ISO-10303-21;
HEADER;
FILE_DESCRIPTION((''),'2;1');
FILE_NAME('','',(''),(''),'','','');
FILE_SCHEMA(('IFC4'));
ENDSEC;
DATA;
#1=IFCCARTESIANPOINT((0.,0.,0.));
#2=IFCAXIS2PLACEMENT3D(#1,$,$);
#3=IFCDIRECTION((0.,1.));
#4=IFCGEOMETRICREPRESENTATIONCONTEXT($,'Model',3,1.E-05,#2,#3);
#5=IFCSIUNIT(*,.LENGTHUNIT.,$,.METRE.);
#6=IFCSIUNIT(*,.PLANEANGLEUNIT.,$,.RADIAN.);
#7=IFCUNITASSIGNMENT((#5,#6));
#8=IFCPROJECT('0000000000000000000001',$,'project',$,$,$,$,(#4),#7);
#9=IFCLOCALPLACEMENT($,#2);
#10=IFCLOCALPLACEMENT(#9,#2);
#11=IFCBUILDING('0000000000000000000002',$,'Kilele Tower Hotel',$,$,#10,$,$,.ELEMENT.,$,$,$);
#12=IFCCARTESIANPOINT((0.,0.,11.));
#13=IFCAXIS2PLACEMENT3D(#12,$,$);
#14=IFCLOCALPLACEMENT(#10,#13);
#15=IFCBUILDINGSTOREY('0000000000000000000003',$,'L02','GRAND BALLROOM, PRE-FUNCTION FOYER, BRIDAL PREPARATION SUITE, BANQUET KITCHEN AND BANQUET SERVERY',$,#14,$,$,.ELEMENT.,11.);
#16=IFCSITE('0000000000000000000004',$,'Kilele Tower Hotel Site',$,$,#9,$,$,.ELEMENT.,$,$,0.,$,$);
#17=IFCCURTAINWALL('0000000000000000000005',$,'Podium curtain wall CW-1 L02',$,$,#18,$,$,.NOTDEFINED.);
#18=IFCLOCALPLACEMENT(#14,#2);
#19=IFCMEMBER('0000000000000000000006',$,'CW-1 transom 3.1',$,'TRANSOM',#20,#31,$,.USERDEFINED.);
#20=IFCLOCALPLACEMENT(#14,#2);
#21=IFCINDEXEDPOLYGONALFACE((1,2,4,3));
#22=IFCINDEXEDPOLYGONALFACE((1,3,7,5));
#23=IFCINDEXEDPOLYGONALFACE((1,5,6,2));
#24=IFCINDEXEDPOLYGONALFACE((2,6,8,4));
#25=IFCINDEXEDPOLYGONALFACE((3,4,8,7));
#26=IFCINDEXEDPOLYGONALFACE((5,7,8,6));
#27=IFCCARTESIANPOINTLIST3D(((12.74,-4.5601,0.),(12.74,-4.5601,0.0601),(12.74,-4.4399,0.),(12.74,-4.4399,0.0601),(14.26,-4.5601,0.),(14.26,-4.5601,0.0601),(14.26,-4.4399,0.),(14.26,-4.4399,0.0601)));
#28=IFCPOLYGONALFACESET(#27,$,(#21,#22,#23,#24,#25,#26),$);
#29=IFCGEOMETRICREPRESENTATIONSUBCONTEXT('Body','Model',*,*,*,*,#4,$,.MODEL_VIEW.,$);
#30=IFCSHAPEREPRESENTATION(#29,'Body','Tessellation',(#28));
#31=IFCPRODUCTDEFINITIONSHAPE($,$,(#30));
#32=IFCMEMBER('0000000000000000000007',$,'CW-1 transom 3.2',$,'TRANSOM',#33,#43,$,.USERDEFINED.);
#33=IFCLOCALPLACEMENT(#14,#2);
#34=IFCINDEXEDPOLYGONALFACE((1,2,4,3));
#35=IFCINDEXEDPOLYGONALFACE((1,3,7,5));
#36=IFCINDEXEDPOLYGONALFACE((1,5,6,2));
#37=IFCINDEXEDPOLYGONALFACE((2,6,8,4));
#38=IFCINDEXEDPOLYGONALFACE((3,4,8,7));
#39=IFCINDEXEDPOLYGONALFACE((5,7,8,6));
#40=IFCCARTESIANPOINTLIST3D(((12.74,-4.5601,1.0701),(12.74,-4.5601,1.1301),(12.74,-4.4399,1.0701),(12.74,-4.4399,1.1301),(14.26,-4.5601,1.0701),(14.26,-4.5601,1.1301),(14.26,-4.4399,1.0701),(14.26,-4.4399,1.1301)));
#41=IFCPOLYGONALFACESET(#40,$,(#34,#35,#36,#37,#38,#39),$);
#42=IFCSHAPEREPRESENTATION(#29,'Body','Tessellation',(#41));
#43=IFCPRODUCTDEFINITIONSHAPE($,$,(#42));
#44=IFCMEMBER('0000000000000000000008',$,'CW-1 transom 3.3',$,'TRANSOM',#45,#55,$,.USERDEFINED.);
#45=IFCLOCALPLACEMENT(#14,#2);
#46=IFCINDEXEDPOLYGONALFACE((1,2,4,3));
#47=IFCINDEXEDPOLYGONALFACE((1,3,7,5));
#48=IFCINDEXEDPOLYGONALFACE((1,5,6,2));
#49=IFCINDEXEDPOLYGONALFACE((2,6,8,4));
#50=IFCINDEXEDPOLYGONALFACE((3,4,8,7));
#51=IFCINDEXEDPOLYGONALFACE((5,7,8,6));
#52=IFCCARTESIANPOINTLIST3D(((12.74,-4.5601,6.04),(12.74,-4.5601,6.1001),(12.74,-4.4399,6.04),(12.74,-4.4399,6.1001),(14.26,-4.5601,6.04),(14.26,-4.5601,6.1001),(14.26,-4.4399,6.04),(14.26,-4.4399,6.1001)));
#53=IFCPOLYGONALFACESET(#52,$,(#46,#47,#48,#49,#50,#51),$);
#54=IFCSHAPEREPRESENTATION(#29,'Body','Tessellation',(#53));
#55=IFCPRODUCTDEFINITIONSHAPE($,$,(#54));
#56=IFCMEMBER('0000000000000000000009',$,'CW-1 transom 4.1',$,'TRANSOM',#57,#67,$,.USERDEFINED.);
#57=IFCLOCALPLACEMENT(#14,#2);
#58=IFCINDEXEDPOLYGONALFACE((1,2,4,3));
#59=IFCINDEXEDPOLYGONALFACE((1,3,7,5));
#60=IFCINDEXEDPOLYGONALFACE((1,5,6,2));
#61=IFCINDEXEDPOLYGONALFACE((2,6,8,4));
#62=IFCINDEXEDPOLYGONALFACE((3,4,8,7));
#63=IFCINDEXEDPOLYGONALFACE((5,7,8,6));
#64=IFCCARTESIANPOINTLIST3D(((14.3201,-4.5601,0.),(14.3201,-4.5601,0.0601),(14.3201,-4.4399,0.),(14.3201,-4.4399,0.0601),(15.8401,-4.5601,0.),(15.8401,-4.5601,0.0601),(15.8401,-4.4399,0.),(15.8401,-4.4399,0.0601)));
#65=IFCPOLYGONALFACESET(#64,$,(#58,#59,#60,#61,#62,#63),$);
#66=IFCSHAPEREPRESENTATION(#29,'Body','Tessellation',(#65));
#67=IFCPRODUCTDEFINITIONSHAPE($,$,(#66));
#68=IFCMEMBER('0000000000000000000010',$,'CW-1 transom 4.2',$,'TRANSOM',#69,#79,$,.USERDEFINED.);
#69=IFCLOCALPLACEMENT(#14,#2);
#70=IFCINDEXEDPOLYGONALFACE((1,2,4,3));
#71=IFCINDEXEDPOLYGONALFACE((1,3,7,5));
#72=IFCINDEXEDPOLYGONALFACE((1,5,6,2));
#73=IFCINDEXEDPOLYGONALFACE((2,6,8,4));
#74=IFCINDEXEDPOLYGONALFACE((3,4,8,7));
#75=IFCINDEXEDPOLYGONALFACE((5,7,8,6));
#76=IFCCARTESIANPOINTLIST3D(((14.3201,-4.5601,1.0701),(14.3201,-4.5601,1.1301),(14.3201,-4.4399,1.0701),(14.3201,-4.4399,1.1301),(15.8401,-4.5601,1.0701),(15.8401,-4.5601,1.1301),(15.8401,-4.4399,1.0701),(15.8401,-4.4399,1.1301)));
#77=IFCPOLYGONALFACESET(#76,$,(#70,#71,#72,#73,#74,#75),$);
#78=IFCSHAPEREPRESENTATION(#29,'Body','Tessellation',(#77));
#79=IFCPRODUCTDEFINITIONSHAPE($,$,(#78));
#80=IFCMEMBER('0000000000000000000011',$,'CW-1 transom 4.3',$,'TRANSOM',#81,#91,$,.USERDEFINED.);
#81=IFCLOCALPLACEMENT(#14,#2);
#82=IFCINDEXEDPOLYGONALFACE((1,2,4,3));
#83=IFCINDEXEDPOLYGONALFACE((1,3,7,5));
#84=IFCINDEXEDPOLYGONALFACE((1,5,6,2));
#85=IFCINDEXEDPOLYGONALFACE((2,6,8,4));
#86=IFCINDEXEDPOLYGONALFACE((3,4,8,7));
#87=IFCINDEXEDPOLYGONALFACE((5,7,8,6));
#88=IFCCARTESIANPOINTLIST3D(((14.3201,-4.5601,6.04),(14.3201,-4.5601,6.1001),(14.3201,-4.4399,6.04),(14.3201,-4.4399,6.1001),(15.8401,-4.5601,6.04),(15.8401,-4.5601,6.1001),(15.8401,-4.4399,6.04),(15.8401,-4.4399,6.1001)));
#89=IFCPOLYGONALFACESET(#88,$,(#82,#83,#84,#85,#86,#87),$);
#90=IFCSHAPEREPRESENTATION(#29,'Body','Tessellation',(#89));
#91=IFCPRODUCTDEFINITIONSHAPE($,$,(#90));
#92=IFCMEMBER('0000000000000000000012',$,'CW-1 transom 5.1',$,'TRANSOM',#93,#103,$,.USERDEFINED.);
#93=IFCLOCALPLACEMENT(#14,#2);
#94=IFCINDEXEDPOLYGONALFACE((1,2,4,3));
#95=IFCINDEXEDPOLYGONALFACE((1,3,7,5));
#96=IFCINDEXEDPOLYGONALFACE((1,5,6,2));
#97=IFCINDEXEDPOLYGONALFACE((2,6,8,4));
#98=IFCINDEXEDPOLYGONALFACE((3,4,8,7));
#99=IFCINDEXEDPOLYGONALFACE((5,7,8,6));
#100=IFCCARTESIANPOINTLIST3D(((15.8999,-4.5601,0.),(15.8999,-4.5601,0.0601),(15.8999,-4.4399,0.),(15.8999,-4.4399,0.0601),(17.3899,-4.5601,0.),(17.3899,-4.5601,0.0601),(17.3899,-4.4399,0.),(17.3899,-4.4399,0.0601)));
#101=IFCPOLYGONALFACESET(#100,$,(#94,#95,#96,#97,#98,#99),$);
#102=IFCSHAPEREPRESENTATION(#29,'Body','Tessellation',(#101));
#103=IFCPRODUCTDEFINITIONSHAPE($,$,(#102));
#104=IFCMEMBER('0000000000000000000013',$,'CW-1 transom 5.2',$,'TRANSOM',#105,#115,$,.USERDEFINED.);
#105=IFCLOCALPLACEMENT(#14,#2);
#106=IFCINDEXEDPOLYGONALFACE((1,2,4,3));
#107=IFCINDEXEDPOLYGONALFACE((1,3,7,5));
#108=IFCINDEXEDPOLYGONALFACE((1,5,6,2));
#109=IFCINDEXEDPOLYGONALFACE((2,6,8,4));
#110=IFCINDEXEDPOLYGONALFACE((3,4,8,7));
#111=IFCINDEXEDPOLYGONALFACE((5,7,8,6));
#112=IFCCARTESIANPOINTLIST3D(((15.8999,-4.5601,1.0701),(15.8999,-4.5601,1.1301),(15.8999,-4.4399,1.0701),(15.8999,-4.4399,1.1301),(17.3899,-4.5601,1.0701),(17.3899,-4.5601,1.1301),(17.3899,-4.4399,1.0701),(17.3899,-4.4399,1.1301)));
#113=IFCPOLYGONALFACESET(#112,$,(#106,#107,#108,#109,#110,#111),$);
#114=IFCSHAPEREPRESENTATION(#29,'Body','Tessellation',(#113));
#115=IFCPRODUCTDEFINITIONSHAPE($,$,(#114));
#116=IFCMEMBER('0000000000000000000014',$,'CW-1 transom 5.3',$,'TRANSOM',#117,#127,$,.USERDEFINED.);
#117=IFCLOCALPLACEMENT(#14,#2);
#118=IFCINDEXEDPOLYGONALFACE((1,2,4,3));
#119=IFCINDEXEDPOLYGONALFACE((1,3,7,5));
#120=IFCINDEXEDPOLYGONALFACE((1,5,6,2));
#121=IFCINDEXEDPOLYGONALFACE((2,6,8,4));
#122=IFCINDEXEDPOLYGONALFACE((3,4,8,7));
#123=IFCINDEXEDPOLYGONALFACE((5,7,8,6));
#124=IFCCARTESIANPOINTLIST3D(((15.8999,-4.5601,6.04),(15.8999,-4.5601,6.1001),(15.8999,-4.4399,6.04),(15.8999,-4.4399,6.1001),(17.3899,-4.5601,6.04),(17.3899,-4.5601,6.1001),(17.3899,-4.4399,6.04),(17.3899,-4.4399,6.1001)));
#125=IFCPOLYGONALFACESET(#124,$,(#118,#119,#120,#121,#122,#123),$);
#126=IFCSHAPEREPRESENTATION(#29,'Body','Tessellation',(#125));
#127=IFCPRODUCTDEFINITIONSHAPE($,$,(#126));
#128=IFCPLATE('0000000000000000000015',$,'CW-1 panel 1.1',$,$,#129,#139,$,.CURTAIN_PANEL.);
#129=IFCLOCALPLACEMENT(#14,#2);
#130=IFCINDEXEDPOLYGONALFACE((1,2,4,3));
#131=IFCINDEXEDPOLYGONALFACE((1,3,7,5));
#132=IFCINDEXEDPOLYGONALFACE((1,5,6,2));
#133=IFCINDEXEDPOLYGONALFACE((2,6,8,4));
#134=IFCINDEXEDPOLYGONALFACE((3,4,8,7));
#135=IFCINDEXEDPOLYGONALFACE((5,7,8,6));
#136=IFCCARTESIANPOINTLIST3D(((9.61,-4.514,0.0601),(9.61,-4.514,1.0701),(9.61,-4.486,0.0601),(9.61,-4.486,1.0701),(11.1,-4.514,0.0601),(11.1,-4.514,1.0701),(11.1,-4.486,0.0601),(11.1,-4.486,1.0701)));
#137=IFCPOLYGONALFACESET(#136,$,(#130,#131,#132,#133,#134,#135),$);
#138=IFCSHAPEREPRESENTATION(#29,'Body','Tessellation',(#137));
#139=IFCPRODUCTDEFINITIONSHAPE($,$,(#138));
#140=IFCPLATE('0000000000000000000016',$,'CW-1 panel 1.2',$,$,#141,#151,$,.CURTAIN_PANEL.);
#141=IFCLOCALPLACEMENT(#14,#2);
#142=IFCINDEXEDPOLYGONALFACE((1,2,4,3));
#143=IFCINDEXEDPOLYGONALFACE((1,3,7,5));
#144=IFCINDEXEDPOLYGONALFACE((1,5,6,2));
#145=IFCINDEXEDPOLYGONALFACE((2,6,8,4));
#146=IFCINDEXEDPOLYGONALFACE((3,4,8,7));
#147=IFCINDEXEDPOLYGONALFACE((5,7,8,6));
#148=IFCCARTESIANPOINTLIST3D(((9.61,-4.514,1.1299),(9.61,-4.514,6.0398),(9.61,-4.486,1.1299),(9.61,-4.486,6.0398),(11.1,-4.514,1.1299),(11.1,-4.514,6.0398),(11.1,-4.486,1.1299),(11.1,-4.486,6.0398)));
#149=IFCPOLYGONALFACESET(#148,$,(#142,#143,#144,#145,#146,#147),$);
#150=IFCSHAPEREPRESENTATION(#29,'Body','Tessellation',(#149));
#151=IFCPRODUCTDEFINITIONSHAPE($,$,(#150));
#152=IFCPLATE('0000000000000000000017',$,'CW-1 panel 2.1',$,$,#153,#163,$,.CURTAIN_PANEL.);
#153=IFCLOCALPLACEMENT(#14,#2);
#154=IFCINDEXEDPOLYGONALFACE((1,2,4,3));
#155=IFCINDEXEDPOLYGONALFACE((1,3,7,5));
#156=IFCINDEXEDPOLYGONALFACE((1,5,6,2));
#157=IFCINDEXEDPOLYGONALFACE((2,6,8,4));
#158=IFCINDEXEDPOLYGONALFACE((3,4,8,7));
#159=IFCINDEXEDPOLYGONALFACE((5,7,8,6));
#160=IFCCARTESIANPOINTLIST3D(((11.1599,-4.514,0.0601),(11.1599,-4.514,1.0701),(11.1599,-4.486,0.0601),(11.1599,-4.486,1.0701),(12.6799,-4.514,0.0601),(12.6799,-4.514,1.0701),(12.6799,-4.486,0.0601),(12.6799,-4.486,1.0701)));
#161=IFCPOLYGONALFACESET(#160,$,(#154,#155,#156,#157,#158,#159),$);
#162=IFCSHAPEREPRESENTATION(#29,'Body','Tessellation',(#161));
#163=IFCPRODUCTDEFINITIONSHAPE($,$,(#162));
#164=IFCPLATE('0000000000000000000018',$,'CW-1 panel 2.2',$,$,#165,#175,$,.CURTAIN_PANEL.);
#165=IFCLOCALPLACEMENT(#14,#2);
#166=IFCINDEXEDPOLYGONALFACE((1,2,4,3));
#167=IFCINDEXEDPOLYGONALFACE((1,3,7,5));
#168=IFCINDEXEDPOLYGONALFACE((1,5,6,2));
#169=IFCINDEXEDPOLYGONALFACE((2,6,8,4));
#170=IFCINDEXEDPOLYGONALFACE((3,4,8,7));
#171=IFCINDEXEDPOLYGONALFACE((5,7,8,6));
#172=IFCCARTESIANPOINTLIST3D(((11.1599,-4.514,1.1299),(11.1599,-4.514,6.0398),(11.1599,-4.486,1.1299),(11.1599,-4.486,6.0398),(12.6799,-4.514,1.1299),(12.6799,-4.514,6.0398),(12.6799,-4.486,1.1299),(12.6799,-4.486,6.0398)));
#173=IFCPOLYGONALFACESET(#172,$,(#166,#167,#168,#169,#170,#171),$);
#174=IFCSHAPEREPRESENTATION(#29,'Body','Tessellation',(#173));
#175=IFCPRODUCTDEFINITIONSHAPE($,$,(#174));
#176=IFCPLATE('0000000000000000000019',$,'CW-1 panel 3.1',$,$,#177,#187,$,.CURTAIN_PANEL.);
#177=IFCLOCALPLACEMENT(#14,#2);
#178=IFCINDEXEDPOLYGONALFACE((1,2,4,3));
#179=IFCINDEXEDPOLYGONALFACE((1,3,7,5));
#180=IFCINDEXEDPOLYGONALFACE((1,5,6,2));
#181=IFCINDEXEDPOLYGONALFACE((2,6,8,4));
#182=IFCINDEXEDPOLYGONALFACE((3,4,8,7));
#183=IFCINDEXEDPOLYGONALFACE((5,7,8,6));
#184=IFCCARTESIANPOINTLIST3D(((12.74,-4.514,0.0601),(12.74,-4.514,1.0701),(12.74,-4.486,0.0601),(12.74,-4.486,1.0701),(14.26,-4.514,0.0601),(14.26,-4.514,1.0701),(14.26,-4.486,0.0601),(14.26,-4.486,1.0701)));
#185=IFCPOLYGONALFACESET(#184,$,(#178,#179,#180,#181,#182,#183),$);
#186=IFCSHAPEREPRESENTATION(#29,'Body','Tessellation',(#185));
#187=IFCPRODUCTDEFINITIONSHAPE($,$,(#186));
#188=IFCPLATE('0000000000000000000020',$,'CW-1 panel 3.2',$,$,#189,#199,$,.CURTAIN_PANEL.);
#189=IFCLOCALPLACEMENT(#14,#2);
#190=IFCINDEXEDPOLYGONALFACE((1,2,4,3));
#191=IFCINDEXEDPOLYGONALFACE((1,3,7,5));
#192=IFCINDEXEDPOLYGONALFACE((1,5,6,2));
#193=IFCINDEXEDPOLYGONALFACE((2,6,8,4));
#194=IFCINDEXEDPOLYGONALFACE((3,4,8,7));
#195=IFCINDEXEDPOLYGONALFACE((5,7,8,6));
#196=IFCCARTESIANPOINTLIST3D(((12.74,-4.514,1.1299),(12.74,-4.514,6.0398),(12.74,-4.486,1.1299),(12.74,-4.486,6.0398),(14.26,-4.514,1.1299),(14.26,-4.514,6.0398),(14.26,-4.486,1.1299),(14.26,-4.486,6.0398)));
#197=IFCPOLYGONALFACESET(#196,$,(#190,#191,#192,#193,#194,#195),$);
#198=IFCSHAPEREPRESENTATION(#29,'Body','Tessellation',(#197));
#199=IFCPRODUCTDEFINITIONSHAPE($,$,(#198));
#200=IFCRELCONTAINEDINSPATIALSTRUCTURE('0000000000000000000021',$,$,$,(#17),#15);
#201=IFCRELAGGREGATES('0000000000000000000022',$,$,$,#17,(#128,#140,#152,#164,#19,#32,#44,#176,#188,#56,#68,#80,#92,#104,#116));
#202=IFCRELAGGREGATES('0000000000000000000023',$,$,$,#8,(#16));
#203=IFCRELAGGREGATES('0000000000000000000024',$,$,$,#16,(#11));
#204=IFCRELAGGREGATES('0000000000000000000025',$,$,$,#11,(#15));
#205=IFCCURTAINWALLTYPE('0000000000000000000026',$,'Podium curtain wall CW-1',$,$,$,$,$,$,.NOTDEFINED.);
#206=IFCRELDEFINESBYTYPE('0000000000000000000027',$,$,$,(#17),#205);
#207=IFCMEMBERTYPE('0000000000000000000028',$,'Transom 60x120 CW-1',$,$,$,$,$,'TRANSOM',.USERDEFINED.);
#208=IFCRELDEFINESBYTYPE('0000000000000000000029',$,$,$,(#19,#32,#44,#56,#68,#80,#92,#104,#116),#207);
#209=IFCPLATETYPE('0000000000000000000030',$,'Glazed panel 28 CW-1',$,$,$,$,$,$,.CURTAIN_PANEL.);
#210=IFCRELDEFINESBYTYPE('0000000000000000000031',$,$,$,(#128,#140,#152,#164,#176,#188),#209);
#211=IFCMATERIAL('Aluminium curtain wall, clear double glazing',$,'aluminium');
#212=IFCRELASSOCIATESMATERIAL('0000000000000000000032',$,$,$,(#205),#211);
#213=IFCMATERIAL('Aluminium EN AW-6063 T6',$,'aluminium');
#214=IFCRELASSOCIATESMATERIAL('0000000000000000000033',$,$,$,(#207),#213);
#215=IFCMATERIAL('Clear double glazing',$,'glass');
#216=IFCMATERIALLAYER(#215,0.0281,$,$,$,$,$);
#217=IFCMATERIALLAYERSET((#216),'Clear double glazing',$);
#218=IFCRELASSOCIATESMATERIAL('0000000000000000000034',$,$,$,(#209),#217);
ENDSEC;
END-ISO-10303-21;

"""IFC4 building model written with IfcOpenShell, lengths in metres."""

from ifc_helpers import new_model, si_unit, direction, frame, origin, origin_2d, place, context, subcontext, project, spatial, rectangle, extrude, material, layer, layer_set, material_profile, profile_set, type_object, element, aggregate, save


model = new_model("IFC4")

# Units and contexts
model_context = context("Model", 3, precision=1e-05, world=origin(), true_north=direction((0.0, 1.0)))
body_context = subcontext(model_context, "Body", "Model", "MODEL_VIEW")
ifc_project = project(units=[si_unit("LENGTHUNIT", "METRE"), si_unit("PLANEANGLEUNIT", "RADIAN")], contexts=[model_context])

# Site, building, storey
site_placement = place(None, origin())
site = spatial("IfcSite", under=ifc_project, at=site_placement, Name="Kilele Tower Hotel Site", CompositionType="ELEMENT", RefElevation=0.0)
building_placement = place(site_placement, origin())
building = spatial("IfcBuilding", under=site, at=building_placement, Name="Kilele Tower Hotel", CompositionType="ELEMENT")
storey_placement = place(building_placement, frame((0.0, 0.0, 11.0)))
storey = spatial("IfcBuildingStorey", under=building, at=storey_placement, Name="L02", Description="GRAND BALLROOM, PRE-FUNCTION FOYER, BRIDAL PREPARATION SUITE, BANQUET KITCHEN AND BANQUET SERVERY", CompositionType="ELEMENT", Elevation=11.0)

# Curtain wall, members, plates
ifc_material_1 = material(Name="Aluminium curtain wall, clear double glazing", Category="aluminium")
curtain_wall_type = type_object("IfcCurtainWallType", Name="Podium curtain wall CW-1", PredefinedType="NOTDEFINED", material=ifc_material_1)
curtain_wall_placement = place(storey_placement, origin())
curtain_wall = element("IfcCurtainWall", 1, at=curtain_wall_placement, inside=storey, type_object=curtain_wall_type, Name="Podium curtain wall CW-1 L02", PredefinedType="NOTDEFINED")
ifc_material_2 = material(Name="Aluminium EN AW-6063 T6", Category="aluminium")
ifc_material_profile_1 = material_profile(ifc_material_2, rectangle(XDim=0.1201, YDim=0.0601, at=origin_2d()))
ifc_profile_set_1 = profile_set([ifc_material_profile_1], Name="Aluminium EN AW-6063 T6")
member_type_1 = type_object("IfcMemberType", Name="Transom 60x120 CW-1", ElementType="TRANSOM", PredefinedType="USERDEFINED", material=ifc_profile_set_1)
member_1_placement = place(storey_placement, frame((12.74, -4.5, 0.03), z_axis=(1.0, 0.0, 0.0), x_axis=(0.0, 1.0, 0.0)))
member_1 = element("IfcMember", 2, at=member_1_placement, type_object=member_type_1, Name="CW-1 transom 3.1", ObjectType="TRANSOM", PredefinedType="USERDEFINED", context=body_context, shape_type="SweptSolid", body=[
    extrude(rectangle(XDim=0.1201, YDim=0.0601, at=origin_2d()), origin(), (0.0, 0.0, 1.0), 1.52),
])
member_2_placement = place(storey_placement, frame((12.74, -4.5, 1.1001), z_axis=(1.0, 0.0, 0.0), x_axis=(0.0, 1.0, 0.0)))
member_2 = element("IfcMember", 3, at=member_2_placement, type_object=member_type_1, Name="CW-1 transom 3.2", ObjectType="TRANSOM", PredefinedType="USERDEFINED", context=body_context, shape_type="SweptSolid", body=[
    extrude(rectangle(XDim=0.1201, YDim=0.0601, at=origin_2d()), origin(), (0.0, 0.0, 1.0), 1.52),
])
member_3_placement = place(storey_placement, frame((12.74, -4.5, 6.0701), z_axis=(1.0, 0.0, 0.0), x_axis=(0.0, 1.0, 0.0)))
member_3 = element("IfcMember", 4, at=member_3_placement, type_object=member_type_1, Name="CW-1 transom 3.3", ObjectType="TRANSOM", PredefinedType="USERDEFINED", context=body_context, shape_type="SweptSolid", body=[
    extrude(rectangle(XDim=0.1201, YDim=0.0601, at=origin_2d()), origin(), (0.0, 0.0, 1.0), 1.52),
])
member_4_placement = place(storey_placement, frame((14.3201, -4.5, 0.03), z_axis=(1.0, 0.0, 0.0), x_axis=(0.0, 1.0, 0.0)))
member_4 = element("IfcMember", 5, at=member_4_placement, type_object=member_type_1, Name="CW-1 transom 4.1", ObjectType="TRANSOM", PredefinedType="USERDEFINED", context=body_context, shape_type="SweptSolid", body=[
    extrude(rectangle(XDim=0.1201, YDim=0.0601, at=origin_2d()), origin(), (0.0, 0.0, 1.0), 1.52),
])
member_5_placement = place(storey_placement, frame((14.3201, -4.5, 1.1001), z_axis=(1.0, 0.0, 0.0), x_axis=(0.0, 1.0, 0.0)))
member_5 = element("IfcMember", 6, at=member_5_placement, type_object=member_type_1, Name="CW-1 transom 4.2", ObjectType="TRANSOM", PredefinedType="USERDEFINED", context=body_context, shape_type="SweptSolid", body=[
    extrude(rectangle(XDim=0.1201, YDim=0.0601, at=origin_2d()), origin(), (0.0, 0.0, 1.0), 1.52),
])
member_6_placement = place(storey_placement, frame((14.3201, -4.5, 6.0701), z_axis=(1.0, 0.0, 0.0), x_axis=(0.0, 1.0, 0.0)))
member_6 = element("IfcMember", 7, at=member_6_placement, type_object=member_type_1, Name="CW-1 transom 4.3", ObjectType="TRANSOM", PredefinedType="USERDEFINED", context=body_context, shape_type="SweptSolid", body=[
    extrude(rectangle(XDim=0.1201, YDim=0.0601, at=origin_2d()), origin(), (0.0, 0.0, 1.0), 1.52),
])
member_7_placement = place(storey_placement, frame((15.8999, -4.5, 0.03), z_axis=(1.0, 0.0, 0.0), x_axis=(0.0, 1.0, 0.0)))
member_7 = element("IfcMember", 8, at=member_7_placement, type_object=member_type_1, Name="CW-1 transom 5.1", ObjectType="TRANSOM", PredefinedType="USERDEFINED", context=body_context, shape_type="SweptSolid", body=[
    extrude(rectangle(XDim=0.1201, YDim=0.0601, at=origin_2d()), origin(), (0.0, 0.0, 1.0), 1.49),
])
member_8_placement = place(storey_placement, frame((15.8999, -4.5, 1.1001), z_axis=(1.0, 0.0, 0.0), x_axis=(0.0, 1.0, 0.0)))
member_8 = element("IfcMember", 9, at=member_8_placement, type_object=member_type_1, Name="CW-1 transom 5.2", ObjectType="TRANSOM", PredefinedType="USERDEFINED", context=body_context, shape_type="SweptSolid", body=[
    extrude(rectangle(XDim=0.1201, YDim=0.0601, at=origin_2d()), origin(), (0.0, 0.0, 1.0), 1.49),
])
member_9_placement = place(storey_placement, frame((15.8999, -4.5, 6.0701), z_axis=(1.0, 0.0, 0.0), x_axis=(0.0, 1.0, 0.0)))
member_9 = element("IfcMember", 10, at=member_9_placement, type_object=member_type_1, Name="CW-1 transom 5.3", ObjectType="TRANSOM", PredefinedType="USERDEFINED", context=body_context, shape_type="SweptSolid", body=[
    extrude(rectangle(XDim=0.1201, YDim=0.0601, at=origin_2d()), origin(), (0.0, 0.0, 1.0), 1.49),
])
ifc_material_3 = material(Name="Clear double glazing", Category="glass")
ifc_layer = layer(ifc_material_3, 0.0281)
ifc_layer_set = layer_set([ifc_layer], Name="Clear double glazing")
plate_type = type_object("IfcPlateType", Name="Glazed panel 28 CW-1", PredefinedType="CURTAIN_PANEL", material=ifc_layer_set)
plate_1_placement = place(storey_placement, frame((10.355, -4.5, 0.0601), z_axis=(0.0, 0.0, 1.0), x_axis=(1.0, 0.0, 0.0)))
plate_1 = element("IfcPlate", 11, at=plate_1_placement, type_object=plate_type, Name="CW-1 panel 1.1", PredefinedType="CURTAIN_PANEL", context=body_context, shape_type="SweptSolid", body=[
    extrude(rectangle(XDim=1.49, YDim=0.0281, at=origin_2d()), origin(), (0.0, 0.0, 1.0), 1.01),
])
plate_2_placement = place(storey_placement, frame((10.355, -4.5, 1.1299), z_axis=(0.0, 0.0, 1.0), x_axis=(1.0, 0.0, 0.0)))
plate_2 = element("IfcPlate", 12, at=plate_2_placement, type_object=plate_type, Name="CW-1 panel 1.2", PredefinedType="CURTAIN_PANEL", context=body_context, shape_type="SweptSolid", body=[
    extrude(rectangle(XDim=1.49, YDim=0.0281, at=origin_2d()), origin(), (0.0, 0.0, 1.0), 4.9099),
])
plate_3_placement = place(storey_placement, frame((11.9199, -4.5, 0.0601), z_axis=(0.0, 0.0, 1.0), x_axis=(1.0, 0.0, 0.0)))
plate_3 = element("IfcPlate", 13, at=plate_3_placement, type_object=plate_type, Name="CW-1 panel 2.1", PredefinedType="CURTAIN_PANEL", context=body_context, shape_type="SweptSolid", body=[
    extrude(rectangle(XDim=1.52, YDim=0.0281, at=origin_2d()), origin(), (0.0, 0.0, 1.0), 1.01),
])
plate_4_placement = place(storey_placement, frame((11.9199, -4.5, 1.1299), z_axis=(0.0, 0.0, 1.0), x_axis=(1.0, 0.0, 0.0)))
plate_4 = element("IfcPlate", 14, at=plate_4_placement, type_object=plate_type, Name="CW-1 panel 2.2", PredefinedType="CURTAIN_PANEL", context=body_context, shape_type="SweptSolid", body=[
    extrude(rectangle(XDim=1.52, YDim=0.0281, at=origin_2d()), origin(), (0.0, 0.0, 1.0), 4.9099),
])
plate_5_placement = place(storey_placement, frame((13.5, -4.5, 0.0601), z_axis=(0.0, 0.0, 1.0), x_axis=(1.0, 0.0, 0.0)))
plate_5 = element("IfcPlate", 15, at=plate_5_placement, type_object=plate_type, Name="CW-1 panel 3.1", PredefinedType="CURTAIN_PANEL", context=body_context, shape_type="SweptSolid", body=[
    extrude(rectangle(XDim=1.52, YDim=0.0281, at=origin_2d()), origin(), (0.0, 0.0, 1.0), 1.01),
])
plate_6_placement = place(storey_placement, frame((13.5, -4.5, 1.1299), z_axis=(0.0, 0.0, 1.0), x_axis=(1.0, 0.0, 0.0)))
plate_6 = element("IfcPlate", 16, at=plate_6_placement, type_object=plate_type, Name="CW-1 panel 3.2", PredefinedType="CURTAIN_PANEL", context=body_context, shape_type="SweptSolid", body=[
    extrude(rectangle(XDim=1.52, YDim=0.0281, at=origin_2d()), origin(), (0.0, 0.0, 1.0), 4.9099),
])
aggregate(curtain_wall, [plate_1, plate_2, plate_3, plate_4, member_1, member_2, member_3, plate_5, plate_6, member_4, member_5, member_6, member_7, member_8, member_9])

save(model, "model.ifc")
